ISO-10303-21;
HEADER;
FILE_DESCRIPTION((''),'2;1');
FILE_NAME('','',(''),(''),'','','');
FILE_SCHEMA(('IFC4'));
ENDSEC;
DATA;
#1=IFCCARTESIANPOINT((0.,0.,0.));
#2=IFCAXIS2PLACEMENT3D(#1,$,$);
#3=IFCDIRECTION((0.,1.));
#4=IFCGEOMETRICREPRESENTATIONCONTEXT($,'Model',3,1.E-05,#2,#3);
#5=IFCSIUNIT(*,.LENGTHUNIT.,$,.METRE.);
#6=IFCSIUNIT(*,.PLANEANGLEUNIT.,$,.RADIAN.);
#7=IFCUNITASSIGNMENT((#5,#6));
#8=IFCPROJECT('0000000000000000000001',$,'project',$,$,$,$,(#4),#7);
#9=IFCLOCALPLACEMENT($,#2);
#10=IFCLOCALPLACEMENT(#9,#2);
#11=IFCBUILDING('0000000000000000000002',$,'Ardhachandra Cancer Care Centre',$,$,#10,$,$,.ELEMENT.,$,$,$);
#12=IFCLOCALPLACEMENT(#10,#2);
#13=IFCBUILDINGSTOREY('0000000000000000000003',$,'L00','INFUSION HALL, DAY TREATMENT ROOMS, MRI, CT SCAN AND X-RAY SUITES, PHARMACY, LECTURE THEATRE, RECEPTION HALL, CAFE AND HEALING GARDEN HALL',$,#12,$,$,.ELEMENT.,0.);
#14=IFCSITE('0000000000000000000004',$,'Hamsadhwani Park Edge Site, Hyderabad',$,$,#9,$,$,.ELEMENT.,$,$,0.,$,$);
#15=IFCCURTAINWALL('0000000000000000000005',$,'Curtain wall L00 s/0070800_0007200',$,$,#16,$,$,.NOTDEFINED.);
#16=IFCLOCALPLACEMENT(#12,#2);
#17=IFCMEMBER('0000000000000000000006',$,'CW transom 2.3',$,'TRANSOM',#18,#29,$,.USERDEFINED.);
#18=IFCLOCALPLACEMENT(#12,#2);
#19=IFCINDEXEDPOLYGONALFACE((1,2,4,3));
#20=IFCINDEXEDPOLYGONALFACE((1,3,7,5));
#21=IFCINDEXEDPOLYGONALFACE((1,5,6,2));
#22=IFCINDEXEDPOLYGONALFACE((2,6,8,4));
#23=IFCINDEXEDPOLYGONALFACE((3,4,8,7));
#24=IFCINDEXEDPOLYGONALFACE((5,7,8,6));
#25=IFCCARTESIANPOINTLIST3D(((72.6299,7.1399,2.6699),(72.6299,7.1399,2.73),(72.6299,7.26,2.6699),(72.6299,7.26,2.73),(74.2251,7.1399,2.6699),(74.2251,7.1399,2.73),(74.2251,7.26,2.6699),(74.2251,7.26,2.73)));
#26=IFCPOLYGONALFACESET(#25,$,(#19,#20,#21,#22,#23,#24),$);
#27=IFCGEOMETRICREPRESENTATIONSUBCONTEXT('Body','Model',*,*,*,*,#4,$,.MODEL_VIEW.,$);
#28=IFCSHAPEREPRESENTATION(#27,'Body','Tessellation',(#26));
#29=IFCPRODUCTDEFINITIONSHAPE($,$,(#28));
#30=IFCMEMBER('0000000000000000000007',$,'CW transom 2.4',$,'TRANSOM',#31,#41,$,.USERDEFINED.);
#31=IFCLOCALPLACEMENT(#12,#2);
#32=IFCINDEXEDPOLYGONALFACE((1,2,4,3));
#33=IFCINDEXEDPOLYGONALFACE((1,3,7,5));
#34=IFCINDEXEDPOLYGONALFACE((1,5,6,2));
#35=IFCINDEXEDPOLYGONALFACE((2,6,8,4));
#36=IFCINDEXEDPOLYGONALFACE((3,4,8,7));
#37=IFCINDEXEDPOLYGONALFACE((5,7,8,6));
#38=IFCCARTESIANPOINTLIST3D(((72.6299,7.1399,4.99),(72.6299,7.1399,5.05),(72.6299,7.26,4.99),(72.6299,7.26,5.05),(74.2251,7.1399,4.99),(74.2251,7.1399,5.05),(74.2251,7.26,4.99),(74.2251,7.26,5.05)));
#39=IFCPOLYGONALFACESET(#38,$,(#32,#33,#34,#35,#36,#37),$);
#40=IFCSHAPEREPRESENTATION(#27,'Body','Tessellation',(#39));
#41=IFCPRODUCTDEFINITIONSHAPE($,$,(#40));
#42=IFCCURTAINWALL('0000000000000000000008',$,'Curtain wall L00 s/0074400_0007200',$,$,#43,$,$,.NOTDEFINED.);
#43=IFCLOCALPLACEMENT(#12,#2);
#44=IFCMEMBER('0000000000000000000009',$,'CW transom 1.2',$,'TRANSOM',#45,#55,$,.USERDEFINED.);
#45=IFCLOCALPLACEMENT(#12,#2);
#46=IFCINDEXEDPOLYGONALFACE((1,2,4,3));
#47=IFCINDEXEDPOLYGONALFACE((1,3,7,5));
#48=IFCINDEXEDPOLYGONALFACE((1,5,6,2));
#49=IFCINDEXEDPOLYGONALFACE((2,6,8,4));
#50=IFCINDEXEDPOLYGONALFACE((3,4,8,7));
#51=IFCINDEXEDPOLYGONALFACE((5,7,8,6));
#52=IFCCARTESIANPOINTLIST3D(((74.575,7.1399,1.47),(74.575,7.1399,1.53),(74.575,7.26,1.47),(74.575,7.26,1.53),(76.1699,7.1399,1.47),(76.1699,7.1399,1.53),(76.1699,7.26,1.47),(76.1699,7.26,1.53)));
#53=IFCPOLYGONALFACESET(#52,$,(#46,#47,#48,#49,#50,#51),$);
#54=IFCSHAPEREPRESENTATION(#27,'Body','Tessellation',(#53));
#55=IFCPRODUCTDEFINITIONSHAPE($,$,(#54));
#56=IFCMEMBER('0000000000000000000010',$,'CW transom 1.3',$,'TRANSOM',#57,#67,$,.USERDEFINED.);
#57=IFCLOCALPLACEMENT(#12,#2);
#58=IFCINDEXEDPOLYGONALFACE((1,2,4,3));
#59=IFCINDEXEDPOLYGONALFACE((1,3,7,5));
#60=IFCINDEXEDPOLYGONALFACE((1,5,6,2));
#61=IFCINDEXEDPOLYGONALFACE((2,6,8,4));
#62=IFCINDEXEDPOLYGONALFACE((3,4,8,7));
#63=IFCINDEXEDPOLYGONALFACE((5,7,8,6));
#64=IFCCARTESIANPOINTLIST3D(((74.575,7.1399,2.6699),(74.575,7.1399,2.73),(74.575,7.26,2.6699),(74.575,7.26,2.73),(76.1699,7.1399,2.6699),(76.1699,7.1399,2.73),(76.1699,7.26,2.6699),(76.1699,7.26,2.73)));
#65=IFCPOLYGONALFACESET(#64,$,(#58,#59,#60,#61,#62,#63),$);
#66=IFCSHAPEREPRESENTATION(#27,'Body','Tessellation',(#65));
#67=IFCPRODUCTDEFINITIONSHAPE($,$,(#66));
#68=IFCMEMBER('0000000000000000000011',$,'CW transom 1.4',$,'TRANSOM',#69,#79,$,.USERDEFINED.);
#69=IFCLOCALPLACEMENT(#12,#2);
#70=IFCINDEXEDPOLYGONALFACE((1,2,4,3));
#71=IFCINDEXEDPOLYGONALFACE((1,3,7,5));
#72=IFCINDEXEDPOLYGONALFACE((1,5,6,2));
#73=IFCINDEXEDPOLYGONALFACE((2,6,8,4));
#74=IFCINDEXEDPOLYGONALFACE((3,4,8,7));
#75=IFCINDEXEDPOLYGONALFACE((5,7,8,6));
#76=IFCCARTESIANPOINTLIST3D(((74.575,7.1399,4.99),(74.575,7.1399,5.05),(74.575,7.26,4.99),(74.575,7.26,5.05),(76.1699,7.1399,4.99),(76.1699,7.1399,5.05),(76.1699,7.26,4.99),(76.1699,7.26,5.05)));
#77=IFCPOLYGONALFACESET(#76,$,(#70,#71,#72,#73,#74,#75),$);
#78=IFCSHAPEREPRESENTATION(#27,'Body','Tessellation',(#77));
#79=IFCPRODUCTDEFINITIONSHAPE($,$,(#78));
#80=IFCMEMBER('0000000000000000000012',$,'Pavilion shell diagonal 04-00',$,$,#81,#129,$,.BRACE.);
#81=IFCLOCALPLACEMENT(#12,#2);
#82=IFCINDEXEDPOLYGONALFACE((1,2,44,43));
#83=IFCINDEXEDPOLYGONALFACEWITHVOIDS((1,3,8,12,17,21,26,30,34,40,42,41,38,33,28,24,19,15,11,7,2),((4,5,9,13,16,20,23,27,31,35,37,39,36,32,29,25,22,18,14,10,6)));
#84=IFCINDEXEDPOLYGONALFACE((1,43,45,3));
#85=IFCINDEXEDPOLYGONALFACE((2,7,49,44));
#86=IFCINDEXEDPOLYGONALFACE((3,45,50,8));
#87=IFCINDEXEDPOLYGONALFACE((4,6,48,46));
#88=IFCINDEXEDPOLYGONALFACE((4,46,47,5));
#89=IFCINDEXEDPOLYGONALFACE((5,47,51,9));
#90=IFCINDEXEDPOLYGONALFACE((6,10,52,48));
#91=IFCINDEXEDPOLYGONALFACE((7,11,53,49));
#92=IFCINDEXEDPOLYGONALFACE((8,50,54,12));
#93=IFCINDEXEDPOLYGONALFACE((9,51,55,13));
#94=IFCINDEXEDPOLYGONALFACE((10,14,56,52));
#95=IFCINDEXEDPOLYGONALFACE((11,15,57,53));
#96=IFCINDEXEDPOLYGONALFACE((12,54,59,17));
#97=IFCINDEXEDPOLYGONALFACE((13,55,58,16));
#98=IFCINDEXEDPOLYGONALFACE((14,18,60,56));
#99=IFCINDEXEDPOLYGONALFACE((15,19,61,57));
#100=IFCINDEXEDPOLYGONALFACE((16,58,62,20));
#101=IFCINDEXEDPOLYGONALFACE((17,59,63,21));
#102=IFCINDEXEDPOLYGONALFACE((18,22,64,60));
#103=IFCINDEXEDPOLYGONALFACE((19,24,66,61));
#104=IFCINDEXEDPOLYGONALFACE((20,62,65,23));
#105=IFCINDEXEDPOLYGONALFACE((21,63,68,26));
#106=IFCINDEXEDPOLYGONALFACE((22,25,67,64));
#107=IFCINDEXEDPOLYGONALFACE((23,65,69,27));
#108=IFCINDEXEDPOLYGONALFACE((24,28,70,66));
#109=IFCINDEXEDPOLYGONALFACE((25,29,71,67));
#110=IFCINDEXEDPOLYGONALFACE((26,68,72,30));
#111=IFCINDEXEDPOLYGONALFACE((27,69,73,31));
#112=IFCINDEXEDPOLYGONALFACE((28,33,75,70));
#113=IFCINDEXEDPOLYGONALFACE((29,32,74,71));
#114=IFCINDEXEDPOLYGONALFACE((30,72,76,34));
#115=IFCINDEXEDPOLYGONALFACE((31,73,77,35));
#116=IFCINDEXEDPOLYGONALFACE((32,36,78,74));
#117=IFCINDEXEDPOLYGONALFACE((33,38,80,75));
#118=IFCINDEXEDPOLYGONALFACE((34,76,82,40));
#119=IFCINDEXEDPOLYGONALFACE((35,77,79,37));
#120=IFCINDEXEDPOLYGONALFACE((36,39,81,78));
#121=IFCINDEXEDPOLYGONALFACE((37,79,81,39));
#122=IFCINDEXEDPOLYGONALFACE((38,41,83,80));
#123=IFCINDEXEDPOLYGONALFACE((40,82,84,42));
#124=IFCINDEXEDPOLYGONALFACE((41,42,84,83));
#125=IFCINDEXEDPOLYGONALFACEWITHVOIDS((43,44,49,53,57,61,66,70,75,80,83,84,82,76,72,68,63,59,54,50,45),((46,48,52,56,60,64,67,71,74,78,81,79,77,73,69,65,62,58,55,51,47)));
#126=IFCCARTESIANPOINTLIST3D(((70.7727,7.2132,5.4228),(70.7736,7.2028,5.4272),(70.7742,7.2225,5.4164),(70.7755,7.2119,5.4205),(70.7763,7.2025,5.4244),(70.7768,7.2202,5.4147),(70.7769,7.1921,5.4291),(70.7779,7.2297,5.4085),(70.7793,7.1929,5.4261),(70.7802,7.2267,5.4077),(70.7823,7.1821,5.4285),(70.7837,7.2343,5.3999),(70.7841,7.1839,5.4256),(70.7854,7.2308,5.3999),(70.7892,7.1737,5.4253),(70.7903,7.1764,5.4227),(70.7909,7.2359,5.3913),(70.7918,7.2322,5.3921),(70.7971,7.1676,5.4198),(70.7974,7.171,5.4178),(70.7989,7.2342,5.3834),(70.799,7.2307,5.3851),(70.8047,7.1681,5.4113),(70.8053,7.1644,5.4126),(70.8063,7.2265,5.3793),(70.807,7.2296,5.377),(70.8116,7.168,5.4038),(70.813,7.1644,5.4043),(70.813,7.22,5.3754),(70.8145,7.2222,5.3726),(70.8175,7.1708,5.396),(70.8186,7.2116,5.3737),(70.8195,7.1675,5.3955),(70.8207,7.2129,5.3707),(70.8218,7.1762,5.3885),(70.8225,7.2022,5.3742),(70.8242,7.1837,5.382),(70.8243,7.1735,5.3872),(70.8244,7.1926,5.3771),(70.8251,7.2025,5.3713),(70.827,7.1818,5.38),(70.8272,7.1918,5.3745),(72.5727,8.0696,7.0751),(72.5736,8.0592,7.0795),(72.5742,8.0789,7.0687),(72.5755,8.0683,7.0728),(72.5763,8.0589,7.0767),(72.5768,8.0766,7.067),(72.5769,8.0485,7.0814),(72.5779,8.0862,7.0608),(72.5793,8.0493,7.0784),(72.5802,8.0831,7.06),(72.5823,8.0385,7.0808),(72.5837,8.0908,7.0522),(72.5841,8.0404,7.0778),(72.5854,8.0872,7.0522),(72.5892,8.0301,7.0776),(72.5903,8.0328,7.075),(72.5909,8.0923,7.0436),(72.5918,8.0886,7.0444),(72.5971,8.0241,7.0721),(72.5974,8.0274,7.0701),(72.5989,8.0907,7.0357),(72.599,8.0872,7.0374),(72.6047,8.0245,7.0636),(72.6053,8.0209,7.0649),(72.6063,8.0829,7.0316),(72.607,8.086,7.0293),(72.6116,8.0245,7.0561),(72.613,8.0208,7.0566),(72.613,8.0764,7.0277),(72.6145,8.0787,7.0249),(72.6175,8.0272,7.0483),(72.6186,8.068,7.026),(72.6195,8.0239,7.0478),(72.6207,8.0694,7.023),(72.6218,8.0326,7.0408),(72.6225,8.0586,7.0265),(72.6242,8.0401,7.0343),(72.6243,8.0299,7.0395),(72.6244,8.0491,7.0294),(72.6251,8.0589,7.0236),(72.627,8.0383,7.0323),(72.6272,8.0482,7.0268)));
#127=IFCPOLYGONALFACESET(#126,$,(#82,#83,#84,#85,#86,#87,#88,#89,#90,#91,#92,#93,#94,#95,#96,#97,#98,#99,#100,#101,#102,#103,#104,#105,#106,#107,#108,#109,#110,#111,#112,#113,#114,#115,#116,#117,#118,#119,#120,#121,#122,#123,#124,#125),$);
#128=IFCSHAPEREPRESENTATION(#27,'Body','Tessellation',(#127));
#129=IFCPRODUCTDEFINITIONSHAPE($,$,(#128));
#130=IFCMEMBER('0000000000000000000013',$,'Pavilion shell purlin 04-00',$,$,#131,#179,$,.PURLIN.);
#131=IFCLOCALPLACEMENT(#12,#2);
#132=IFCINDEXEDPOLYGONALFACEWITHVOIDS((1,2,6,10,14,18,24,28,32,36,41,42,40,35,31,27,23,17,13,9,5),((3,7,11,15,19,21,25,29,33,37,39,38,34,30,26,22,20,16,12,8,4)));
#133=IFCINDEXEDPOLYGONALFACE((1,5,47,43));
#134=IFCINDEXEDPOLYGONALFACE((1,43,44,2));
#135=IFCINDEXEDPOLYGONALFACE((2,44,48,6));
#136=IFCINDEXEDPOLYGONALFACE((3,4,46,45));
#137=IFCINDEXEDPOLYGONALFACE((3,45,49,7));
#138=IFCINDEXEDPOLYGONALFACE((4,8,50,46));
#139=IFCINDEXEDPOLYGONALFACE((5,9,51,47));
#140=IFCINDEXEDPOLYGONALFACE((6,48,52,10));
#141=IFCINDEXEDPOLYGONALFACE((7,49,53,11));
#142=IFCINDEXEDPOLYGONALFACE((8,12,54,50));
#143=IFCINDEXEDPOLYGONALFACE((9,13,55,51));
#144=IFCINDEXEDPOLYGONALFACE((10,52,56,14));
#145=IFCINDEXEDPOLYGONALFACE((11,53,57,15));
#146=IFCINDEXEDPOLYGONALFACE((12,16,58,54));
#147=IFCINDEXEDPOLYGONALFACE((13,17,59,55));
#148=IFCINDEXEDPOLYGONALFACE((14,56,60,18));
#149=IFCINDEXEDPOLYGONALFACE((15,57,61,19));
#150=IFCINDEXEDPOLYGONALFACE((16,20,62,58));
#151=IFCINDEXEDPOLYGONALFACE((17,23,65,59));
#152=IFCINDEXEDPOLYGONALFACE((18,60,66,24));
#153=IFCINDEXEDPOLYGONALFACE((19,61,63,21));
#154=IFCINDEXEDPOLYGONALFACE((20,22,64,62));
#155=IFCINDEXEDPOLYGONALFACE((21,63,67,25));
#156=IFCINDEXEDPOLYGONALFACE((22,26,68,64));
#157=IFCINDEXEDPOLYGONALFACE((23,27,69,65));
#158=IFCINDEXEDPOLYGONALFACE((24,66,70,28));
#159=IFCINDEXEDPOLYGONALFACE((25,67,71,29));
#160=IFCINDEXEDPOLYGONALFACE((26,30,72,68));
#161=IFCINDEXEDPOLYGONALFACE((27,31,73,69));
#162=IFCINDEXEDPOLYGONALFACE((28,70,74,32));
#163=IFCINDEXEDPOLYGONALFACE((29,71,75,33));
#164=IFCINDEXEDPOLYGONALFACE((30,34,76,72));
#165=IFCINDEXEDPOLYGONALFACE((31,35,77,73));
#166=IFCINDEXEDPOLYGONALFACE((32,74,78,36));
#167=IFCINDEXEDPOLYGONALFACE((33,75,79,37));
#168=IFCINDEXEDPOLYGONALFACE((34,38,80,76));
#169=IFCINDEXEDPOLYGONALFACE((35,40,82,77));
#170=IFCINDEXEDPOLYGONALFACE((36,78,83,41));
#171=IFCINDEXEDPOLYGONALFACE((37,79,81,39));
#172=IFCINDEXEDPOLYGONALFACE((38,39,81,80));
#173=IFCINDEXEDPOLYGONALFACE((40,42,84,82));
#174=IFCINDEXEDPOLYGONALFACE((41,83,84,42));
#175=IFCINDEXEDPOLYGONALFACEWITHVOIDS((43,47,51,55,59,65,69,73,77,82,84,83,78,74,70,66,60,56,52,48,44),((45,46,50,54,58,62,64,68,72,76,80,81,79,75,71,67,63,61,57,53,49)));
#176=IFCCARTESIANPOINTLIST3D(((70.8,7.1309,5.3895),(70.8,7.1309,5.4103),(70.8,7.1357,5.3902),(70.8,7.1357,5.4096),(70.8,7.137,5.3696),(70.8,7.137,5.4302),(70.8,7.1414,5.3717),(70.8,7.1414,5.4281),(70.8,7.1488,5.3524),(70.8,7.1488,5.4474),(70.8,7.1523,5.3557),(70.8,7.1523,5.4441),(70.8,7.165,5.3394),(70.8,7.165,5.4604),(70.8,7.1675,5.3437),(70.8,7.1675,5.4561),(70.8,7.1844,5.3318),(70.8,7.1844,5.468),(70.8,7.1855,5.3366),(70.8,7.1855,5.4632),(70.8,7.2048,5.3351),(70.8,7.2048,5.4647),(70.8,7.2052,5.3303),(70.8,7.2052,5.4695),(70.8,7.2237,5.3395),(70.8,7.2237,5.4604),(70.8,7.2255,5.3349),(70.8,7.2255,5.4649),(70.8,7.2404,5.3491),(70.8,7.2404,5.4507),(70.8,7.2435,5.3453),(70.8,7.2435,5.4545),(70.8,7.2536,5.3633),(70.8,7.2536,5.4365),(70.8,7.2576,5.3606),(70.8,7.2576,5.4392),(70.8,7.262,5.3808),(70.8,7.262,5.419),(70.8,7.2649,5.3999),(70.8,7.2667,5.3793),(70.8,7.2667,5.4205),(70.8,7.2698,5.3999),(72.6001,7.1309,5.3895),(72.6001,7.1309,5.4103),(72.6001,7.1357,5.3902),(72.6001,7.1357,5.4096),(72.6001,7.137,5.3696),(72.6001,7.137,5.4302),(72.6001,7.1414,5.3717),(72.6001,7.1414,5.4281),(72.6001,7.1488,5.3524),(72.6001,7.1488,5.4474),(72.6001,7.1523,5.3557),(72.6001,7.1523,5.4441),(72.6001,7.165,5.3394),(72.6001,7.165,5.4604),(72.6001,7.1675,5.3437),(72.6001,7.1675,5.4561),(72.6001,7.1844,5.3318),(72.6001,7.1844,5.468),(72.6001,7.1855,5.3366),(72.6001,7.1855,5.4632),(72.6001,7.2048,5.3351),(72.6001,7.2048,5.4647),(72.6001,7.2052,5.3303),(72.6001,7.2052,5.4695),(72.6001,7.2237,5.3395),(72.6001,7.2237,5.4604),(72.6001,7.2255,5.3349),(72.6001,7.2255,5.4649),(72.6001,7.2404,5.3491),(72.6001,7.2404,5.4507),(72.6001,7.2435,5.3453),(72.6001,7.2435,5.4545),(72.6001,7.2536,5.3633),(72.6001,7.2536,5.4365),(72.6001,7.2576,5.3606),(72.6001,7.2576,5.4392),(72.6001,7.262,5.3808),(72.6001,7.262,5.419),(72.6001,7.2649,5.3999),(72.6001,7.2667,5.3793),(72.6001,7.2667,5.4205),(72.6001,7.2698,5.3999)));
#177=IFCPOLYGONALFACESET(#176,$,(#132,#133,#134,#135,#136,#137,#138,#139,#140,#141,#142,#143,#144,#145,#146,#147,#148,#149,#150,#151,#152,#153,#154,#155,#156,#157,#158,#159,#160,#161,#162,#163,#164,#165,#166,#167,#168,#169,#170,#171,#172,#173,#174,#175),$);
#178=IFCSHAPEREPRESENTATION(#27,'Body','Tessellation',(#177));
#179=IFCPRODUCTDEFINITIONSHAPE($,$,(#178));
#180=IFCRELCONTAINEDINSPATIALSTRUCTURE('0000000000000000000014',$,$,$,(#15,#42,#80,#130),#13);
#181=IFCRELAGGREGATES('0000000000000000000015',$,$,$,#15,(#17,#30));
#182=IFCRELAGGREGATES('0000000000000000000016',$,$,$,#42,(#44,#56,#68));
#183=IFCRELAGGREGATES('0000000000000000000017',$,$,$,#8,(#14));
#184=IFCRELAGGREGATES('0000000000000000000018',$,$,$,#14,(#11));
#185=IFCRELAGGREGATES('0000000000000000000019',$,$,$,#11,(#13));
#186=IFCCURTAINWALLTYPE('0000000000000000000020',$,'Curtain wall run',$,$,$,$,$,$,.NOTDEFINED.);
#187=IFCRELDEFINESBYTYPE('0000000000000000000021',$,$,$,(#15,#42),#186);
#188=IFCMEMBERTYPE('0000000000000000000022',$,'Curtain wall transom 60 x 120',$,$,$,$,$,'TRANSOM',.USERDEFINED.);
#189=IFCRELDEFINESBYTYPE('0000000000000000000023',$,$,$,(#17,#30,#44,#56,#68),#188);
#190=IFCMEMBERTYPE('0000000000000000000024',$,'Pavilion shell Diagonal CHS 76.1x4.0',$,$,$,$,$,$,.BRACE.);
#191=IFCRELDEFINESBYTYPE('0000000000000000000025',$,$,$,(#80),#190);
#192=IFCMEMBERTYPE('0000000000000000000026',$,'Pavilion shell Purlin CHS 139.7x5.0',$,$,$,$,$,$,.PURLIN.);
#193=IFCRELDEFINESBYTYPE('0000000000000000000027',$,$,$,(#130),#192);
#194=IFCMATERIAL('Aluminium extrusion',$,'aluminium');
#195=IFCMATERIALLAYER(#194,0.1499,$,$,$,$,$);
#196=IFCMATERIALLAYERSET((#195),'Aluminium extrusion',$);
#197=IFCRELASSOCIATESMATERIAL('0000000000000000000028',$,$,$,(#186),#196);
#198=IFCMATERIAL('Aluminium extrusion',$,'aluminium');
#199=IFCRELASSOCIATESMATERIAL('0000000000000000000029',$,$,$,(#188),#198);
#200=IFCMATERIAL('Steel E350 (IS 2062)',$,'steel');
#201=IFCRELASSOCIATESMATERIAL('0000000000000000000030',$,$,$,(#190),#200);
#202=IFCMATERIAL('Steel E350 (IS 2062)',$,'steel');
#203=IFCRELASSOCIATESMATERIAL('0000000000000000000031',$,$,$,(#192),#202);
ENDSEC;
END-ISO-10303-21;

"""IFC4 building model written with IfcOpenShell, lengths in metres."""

from ifc_helpers import new_model, si_unit, direction, frame, origin, origin_2d, place, context, subcontext, project, spatial, rectangle, hollow_circle, extrude, material, layer, layer_set, material_profile, profile_set, type_object, element, aggregate, save


model = new_model("IFC4")

# Units and contexts
model_context = context("Model", 3, precision=1e-05, world=origin(), true_north=direction((0.0, 1.0)))
body_context = subcontext(model_context, "Body", "Model", "MODEL_VIEW")
ifc_project = project(units=[si_unit("LENGTHUNIT", "METRE"), si_unit("PLANEANGLEUNIT", "RADIAN")], contexts=[model_context])

# Site, building, storey
site_placement = place(None, origin())
site = spatial("IfcSite", under=ifc_project, at=site_placement, Name="Hamsadhwani Park Edge Site, Hyderabad", CompositionType="ELEMENT", RefElevation=0.0)
building_placement = place(site_placement, origin())
building = spatial("IfcBuilding", under=site, at=building_placement, Name="Ardhachandra Cancer Care Centre", CompositionType="ELEMENT")
storey_placement = place(building_placement, origin())
storey = spatial("IfcBuildingStorey", under=building, at=storey_placement, Name="L00", Description="INFUSION HALL, DAY TREATMENT ROOMS, MRI, CT SCAN AND X-RAY SUITES, PHARMACY, LECTURE THEATRE, RECEPTION HALL, CAFE AND HEALING GARDEN HALL", CompositionType="ELEMENT", Elevation=0.0)

# Curtain walls, members
ifc_material_1 = material(Name="Aluminium extrusion", Category="aluminium")
ifc_layer_1 = layer(ifc_material_1, 0.1499)
ifc_layer_set_1 = layer_set([ifc_layer_1], Name="Aluminium extrusion")
curtain_wall_type = type_object("IfcCurtainWallType", Name="Curtain wall run", PredefinedType="NOTDEFINED", material=ifc_layer_set_1)
curtain_wall_1_placement = place(storey_placement, origin())
curtain_wall_1 = element("IfcCurtainWall", 1, at=curtain_wall_1_placement, inside=storey, type_object=curtain_wall_type, Name="Curtain wall L00 s/0070800_0007200", PredefinedType="NOTDEFINED")
ifc_material_2 = material(Name="Aluminium extrusion", Category="aluminium")
ifc_material_profile_1 = material_profile(ifc_material_2, rectangle(XDim=0.1201, YDim=0.0601, at=origin_2d()), Name="Curtain wall transom 60 x 120")
ifc_profile_set_1 = profile_set([ifc_material_profile_1], Name="Aluminium extrusion")
member_type_1 = type_object("IfcMemberType", Name="Curtain wall transom 60 x 120", ElementType="TRANSOM", PredefinedType="USERDEFINED", material=ifc_profile_set_1)
member_1_placement = place(storey_placement, frame((72.6299, 7.2, 2.7), z_axis=(1.0, 0.0, 0.0), x_axis=(0.0, 1.0, 0.0)))
member_1 = element("IfcMember", 2, at=member_1_placement, type_object=member_type_1, Name="CW transom 2.3", ObjectType="TRANSOM", PredefinedType="USERDEFINED", context=body_context, shape_type="SweptSolid", body=[
    extrude(rectangle(XDim=0.1201, YDim=0.0601, at=origin_2d()), origin(), (0.0, 0.0, 1.0), 1.5952),
])
member_2_placement = place(storey_placement, frame((72.6299, 7.2, 5.02), z_axis=(1.0, 0.0, 0.0), x_axis=(0.0, 1.0, 0.0)))
member_2 = element("IfcMember", 3, at=member_2_placement, type_object=member_type_1, Name="CW transom 2.4", ObjectType="TRANSOM", PredefinedType="USERDEFINED", context=body_context, shape_type="SweptSolid", body=[
    extrude(rectangle(XDim=0.1201, YDim=0.0601, at=origin_2d()), origin(), (0.0, 0.0, 1.0), 1.5952),
])
curtain_wall_2_placement = place(storey_placement, origin())
curtain_wall_2 = element("IfcCurtainWall", 4, at=curtain_wall_2_placement, inside=storey, type_object=curtain_wall_type, Name="Curtain wall L00 s/0074400_0007200", PredefinedType="NOTDEFINED")
member_3_placement = place(storey_placement, frame((74.575, 7.2, 1.5), z_axis=(1.0, 0.0, 0.0), x_axis=(0.0, 1.0, 0.0)))
member_3 = element("IfcMember", 5, at=member_3_placement, type_object=member_type_1, Name="CW transom 1.2", ObjectType="TRANSOM", PredefinedType="USERDEFINED", context=body_context, shape_type="SweptSolid", body=[
    extrude(rectangle(XDim=0.1201, YDim=0.0601, at=origin_2d()), origin(), (0.0, 0.0, 1.0), 1.595),
])
member_4_placement = place(storey_placement, frame((74.575, 7.2, 2.7), z_axis=(1.0, 0.0, 0.0), x_axis=(0.0, 1.0, 0.0)))
member_4 = element("IfcMember", 6, at=member_4_placement, type_object=member_type_1, Name="CW transom 1.3", ObjectType="TRANSOM", PredefinedType="USERDEFINED", context=body_context, shape_type="SweptSolid", body=[
    extrude(rectangle(XDim=0.1201, YDim=0.0601, at=origin_2d()), origin(), (0.0, 0.0, 1.0), 1.595),
])
member_5_placement = place(storey_placement, frame((74.575, 7.2, 5.02), z_axis=(1.0, 0.0, 0.0), x_axis=(0.0, 1.0, 0.0)))
member_5 = element("IfcMember", 7, at=member_5_placement, type_object=member_type_1, Name="CW transom 1.4", ObjectType="TRANSOM", PredefinedType="USERDEFINED", context=body_context, shape_type="SweptSolid", body=[
    extrude(rectangle(XDim=0.1201, YDim=0.0601, at=origin_2d()), origin(), (0.0, 0.0, 1.0), 1.595),
])

# Members
ifc_material_3 = material(Name="Steel E350 (IS 2062)", Category="steel")
ifc_material_profile_2 = material_profile(ifc_material_3, hollow_circle(Radius=0.0381, WallThickness=0.0039, at=origin_2d()), Name="CHS 76.1x4.0")
ifc_profile_set_2 = profile_set([ifc_material_profile_2], Name="Steel E350 (IS 2062)")
member_type_2 = type_object("IfcMemberType", Name="Pavilion shell Diagonal CHS 76.1x4.0", PredefinedType="BRACE", material=ifc_profile_set_2)
member_6_placement = place(storey_placement, frame((70.8, 7.2, 5.3999), z_axis=(0.695216, 0.330777, 0.63817), x_axis=(-0.429639, 0.903001, 0.0)))
element("IfcMember", 8, at=member_6_placement, inside=storey, type_object=member_type_2, Name="Pavilion shell diagonal 04-00", PredefinedType="BRACE", context=body_context, shape_type="SweptSolid", body=[
    extrude(hollow_circle(Radius=0.0381, WallThickness=0.0039, at=origin_2d()), origin(), (0.0, 0.0, 1.0), 2.5891),
])
ifc_material_4 = material(Name="Steel E350 (IS 2062)", Category="steel")
ifc_material_profile_3 = material_profile(ifc_material_4, hollow_circle(Radius=0.0698, WallThickness=0.0049, at=origin_2d()), Name="CHS 139.7x5.0")
ifc_profile_set_3 = profile_set([ifc_material_profile_3], Name="Steel E350 (IS 2062)")
member_type_3 = type_object("IfcMemberType", Name="Pavilion shell Purlin CHS 139.7x5.0", PredefinedType="PURLIN", material=ifc_profile_set_3)
member_7_placement = place(storey_placement, frame((70.8, 7.2, 5.3999), z_axis=(1.0, 0.0, 0.0), x_axis=(0.0, 1.0, 0.0)))
element("IfcMember", 9, at=member_7_placement, inside=storey, type_object=member_type_3, Name="Pavilion shell purlin 04-00", PredefinedType="PURLIN", context=body_context, shape_type="SweptSolid", body=[
    extrude(hollow_circle(Radius=0.0698, WallThickness=0.0049, at=origin_2d()), origin(), (0.0, 0.0, 1.0), 1.8),
])

aggregate(curtain_wall_1, [member_1, member_2])
aggregate(curtain_wall_2, [member_3, member_4, member_5])

save(model, "model.ifc")
